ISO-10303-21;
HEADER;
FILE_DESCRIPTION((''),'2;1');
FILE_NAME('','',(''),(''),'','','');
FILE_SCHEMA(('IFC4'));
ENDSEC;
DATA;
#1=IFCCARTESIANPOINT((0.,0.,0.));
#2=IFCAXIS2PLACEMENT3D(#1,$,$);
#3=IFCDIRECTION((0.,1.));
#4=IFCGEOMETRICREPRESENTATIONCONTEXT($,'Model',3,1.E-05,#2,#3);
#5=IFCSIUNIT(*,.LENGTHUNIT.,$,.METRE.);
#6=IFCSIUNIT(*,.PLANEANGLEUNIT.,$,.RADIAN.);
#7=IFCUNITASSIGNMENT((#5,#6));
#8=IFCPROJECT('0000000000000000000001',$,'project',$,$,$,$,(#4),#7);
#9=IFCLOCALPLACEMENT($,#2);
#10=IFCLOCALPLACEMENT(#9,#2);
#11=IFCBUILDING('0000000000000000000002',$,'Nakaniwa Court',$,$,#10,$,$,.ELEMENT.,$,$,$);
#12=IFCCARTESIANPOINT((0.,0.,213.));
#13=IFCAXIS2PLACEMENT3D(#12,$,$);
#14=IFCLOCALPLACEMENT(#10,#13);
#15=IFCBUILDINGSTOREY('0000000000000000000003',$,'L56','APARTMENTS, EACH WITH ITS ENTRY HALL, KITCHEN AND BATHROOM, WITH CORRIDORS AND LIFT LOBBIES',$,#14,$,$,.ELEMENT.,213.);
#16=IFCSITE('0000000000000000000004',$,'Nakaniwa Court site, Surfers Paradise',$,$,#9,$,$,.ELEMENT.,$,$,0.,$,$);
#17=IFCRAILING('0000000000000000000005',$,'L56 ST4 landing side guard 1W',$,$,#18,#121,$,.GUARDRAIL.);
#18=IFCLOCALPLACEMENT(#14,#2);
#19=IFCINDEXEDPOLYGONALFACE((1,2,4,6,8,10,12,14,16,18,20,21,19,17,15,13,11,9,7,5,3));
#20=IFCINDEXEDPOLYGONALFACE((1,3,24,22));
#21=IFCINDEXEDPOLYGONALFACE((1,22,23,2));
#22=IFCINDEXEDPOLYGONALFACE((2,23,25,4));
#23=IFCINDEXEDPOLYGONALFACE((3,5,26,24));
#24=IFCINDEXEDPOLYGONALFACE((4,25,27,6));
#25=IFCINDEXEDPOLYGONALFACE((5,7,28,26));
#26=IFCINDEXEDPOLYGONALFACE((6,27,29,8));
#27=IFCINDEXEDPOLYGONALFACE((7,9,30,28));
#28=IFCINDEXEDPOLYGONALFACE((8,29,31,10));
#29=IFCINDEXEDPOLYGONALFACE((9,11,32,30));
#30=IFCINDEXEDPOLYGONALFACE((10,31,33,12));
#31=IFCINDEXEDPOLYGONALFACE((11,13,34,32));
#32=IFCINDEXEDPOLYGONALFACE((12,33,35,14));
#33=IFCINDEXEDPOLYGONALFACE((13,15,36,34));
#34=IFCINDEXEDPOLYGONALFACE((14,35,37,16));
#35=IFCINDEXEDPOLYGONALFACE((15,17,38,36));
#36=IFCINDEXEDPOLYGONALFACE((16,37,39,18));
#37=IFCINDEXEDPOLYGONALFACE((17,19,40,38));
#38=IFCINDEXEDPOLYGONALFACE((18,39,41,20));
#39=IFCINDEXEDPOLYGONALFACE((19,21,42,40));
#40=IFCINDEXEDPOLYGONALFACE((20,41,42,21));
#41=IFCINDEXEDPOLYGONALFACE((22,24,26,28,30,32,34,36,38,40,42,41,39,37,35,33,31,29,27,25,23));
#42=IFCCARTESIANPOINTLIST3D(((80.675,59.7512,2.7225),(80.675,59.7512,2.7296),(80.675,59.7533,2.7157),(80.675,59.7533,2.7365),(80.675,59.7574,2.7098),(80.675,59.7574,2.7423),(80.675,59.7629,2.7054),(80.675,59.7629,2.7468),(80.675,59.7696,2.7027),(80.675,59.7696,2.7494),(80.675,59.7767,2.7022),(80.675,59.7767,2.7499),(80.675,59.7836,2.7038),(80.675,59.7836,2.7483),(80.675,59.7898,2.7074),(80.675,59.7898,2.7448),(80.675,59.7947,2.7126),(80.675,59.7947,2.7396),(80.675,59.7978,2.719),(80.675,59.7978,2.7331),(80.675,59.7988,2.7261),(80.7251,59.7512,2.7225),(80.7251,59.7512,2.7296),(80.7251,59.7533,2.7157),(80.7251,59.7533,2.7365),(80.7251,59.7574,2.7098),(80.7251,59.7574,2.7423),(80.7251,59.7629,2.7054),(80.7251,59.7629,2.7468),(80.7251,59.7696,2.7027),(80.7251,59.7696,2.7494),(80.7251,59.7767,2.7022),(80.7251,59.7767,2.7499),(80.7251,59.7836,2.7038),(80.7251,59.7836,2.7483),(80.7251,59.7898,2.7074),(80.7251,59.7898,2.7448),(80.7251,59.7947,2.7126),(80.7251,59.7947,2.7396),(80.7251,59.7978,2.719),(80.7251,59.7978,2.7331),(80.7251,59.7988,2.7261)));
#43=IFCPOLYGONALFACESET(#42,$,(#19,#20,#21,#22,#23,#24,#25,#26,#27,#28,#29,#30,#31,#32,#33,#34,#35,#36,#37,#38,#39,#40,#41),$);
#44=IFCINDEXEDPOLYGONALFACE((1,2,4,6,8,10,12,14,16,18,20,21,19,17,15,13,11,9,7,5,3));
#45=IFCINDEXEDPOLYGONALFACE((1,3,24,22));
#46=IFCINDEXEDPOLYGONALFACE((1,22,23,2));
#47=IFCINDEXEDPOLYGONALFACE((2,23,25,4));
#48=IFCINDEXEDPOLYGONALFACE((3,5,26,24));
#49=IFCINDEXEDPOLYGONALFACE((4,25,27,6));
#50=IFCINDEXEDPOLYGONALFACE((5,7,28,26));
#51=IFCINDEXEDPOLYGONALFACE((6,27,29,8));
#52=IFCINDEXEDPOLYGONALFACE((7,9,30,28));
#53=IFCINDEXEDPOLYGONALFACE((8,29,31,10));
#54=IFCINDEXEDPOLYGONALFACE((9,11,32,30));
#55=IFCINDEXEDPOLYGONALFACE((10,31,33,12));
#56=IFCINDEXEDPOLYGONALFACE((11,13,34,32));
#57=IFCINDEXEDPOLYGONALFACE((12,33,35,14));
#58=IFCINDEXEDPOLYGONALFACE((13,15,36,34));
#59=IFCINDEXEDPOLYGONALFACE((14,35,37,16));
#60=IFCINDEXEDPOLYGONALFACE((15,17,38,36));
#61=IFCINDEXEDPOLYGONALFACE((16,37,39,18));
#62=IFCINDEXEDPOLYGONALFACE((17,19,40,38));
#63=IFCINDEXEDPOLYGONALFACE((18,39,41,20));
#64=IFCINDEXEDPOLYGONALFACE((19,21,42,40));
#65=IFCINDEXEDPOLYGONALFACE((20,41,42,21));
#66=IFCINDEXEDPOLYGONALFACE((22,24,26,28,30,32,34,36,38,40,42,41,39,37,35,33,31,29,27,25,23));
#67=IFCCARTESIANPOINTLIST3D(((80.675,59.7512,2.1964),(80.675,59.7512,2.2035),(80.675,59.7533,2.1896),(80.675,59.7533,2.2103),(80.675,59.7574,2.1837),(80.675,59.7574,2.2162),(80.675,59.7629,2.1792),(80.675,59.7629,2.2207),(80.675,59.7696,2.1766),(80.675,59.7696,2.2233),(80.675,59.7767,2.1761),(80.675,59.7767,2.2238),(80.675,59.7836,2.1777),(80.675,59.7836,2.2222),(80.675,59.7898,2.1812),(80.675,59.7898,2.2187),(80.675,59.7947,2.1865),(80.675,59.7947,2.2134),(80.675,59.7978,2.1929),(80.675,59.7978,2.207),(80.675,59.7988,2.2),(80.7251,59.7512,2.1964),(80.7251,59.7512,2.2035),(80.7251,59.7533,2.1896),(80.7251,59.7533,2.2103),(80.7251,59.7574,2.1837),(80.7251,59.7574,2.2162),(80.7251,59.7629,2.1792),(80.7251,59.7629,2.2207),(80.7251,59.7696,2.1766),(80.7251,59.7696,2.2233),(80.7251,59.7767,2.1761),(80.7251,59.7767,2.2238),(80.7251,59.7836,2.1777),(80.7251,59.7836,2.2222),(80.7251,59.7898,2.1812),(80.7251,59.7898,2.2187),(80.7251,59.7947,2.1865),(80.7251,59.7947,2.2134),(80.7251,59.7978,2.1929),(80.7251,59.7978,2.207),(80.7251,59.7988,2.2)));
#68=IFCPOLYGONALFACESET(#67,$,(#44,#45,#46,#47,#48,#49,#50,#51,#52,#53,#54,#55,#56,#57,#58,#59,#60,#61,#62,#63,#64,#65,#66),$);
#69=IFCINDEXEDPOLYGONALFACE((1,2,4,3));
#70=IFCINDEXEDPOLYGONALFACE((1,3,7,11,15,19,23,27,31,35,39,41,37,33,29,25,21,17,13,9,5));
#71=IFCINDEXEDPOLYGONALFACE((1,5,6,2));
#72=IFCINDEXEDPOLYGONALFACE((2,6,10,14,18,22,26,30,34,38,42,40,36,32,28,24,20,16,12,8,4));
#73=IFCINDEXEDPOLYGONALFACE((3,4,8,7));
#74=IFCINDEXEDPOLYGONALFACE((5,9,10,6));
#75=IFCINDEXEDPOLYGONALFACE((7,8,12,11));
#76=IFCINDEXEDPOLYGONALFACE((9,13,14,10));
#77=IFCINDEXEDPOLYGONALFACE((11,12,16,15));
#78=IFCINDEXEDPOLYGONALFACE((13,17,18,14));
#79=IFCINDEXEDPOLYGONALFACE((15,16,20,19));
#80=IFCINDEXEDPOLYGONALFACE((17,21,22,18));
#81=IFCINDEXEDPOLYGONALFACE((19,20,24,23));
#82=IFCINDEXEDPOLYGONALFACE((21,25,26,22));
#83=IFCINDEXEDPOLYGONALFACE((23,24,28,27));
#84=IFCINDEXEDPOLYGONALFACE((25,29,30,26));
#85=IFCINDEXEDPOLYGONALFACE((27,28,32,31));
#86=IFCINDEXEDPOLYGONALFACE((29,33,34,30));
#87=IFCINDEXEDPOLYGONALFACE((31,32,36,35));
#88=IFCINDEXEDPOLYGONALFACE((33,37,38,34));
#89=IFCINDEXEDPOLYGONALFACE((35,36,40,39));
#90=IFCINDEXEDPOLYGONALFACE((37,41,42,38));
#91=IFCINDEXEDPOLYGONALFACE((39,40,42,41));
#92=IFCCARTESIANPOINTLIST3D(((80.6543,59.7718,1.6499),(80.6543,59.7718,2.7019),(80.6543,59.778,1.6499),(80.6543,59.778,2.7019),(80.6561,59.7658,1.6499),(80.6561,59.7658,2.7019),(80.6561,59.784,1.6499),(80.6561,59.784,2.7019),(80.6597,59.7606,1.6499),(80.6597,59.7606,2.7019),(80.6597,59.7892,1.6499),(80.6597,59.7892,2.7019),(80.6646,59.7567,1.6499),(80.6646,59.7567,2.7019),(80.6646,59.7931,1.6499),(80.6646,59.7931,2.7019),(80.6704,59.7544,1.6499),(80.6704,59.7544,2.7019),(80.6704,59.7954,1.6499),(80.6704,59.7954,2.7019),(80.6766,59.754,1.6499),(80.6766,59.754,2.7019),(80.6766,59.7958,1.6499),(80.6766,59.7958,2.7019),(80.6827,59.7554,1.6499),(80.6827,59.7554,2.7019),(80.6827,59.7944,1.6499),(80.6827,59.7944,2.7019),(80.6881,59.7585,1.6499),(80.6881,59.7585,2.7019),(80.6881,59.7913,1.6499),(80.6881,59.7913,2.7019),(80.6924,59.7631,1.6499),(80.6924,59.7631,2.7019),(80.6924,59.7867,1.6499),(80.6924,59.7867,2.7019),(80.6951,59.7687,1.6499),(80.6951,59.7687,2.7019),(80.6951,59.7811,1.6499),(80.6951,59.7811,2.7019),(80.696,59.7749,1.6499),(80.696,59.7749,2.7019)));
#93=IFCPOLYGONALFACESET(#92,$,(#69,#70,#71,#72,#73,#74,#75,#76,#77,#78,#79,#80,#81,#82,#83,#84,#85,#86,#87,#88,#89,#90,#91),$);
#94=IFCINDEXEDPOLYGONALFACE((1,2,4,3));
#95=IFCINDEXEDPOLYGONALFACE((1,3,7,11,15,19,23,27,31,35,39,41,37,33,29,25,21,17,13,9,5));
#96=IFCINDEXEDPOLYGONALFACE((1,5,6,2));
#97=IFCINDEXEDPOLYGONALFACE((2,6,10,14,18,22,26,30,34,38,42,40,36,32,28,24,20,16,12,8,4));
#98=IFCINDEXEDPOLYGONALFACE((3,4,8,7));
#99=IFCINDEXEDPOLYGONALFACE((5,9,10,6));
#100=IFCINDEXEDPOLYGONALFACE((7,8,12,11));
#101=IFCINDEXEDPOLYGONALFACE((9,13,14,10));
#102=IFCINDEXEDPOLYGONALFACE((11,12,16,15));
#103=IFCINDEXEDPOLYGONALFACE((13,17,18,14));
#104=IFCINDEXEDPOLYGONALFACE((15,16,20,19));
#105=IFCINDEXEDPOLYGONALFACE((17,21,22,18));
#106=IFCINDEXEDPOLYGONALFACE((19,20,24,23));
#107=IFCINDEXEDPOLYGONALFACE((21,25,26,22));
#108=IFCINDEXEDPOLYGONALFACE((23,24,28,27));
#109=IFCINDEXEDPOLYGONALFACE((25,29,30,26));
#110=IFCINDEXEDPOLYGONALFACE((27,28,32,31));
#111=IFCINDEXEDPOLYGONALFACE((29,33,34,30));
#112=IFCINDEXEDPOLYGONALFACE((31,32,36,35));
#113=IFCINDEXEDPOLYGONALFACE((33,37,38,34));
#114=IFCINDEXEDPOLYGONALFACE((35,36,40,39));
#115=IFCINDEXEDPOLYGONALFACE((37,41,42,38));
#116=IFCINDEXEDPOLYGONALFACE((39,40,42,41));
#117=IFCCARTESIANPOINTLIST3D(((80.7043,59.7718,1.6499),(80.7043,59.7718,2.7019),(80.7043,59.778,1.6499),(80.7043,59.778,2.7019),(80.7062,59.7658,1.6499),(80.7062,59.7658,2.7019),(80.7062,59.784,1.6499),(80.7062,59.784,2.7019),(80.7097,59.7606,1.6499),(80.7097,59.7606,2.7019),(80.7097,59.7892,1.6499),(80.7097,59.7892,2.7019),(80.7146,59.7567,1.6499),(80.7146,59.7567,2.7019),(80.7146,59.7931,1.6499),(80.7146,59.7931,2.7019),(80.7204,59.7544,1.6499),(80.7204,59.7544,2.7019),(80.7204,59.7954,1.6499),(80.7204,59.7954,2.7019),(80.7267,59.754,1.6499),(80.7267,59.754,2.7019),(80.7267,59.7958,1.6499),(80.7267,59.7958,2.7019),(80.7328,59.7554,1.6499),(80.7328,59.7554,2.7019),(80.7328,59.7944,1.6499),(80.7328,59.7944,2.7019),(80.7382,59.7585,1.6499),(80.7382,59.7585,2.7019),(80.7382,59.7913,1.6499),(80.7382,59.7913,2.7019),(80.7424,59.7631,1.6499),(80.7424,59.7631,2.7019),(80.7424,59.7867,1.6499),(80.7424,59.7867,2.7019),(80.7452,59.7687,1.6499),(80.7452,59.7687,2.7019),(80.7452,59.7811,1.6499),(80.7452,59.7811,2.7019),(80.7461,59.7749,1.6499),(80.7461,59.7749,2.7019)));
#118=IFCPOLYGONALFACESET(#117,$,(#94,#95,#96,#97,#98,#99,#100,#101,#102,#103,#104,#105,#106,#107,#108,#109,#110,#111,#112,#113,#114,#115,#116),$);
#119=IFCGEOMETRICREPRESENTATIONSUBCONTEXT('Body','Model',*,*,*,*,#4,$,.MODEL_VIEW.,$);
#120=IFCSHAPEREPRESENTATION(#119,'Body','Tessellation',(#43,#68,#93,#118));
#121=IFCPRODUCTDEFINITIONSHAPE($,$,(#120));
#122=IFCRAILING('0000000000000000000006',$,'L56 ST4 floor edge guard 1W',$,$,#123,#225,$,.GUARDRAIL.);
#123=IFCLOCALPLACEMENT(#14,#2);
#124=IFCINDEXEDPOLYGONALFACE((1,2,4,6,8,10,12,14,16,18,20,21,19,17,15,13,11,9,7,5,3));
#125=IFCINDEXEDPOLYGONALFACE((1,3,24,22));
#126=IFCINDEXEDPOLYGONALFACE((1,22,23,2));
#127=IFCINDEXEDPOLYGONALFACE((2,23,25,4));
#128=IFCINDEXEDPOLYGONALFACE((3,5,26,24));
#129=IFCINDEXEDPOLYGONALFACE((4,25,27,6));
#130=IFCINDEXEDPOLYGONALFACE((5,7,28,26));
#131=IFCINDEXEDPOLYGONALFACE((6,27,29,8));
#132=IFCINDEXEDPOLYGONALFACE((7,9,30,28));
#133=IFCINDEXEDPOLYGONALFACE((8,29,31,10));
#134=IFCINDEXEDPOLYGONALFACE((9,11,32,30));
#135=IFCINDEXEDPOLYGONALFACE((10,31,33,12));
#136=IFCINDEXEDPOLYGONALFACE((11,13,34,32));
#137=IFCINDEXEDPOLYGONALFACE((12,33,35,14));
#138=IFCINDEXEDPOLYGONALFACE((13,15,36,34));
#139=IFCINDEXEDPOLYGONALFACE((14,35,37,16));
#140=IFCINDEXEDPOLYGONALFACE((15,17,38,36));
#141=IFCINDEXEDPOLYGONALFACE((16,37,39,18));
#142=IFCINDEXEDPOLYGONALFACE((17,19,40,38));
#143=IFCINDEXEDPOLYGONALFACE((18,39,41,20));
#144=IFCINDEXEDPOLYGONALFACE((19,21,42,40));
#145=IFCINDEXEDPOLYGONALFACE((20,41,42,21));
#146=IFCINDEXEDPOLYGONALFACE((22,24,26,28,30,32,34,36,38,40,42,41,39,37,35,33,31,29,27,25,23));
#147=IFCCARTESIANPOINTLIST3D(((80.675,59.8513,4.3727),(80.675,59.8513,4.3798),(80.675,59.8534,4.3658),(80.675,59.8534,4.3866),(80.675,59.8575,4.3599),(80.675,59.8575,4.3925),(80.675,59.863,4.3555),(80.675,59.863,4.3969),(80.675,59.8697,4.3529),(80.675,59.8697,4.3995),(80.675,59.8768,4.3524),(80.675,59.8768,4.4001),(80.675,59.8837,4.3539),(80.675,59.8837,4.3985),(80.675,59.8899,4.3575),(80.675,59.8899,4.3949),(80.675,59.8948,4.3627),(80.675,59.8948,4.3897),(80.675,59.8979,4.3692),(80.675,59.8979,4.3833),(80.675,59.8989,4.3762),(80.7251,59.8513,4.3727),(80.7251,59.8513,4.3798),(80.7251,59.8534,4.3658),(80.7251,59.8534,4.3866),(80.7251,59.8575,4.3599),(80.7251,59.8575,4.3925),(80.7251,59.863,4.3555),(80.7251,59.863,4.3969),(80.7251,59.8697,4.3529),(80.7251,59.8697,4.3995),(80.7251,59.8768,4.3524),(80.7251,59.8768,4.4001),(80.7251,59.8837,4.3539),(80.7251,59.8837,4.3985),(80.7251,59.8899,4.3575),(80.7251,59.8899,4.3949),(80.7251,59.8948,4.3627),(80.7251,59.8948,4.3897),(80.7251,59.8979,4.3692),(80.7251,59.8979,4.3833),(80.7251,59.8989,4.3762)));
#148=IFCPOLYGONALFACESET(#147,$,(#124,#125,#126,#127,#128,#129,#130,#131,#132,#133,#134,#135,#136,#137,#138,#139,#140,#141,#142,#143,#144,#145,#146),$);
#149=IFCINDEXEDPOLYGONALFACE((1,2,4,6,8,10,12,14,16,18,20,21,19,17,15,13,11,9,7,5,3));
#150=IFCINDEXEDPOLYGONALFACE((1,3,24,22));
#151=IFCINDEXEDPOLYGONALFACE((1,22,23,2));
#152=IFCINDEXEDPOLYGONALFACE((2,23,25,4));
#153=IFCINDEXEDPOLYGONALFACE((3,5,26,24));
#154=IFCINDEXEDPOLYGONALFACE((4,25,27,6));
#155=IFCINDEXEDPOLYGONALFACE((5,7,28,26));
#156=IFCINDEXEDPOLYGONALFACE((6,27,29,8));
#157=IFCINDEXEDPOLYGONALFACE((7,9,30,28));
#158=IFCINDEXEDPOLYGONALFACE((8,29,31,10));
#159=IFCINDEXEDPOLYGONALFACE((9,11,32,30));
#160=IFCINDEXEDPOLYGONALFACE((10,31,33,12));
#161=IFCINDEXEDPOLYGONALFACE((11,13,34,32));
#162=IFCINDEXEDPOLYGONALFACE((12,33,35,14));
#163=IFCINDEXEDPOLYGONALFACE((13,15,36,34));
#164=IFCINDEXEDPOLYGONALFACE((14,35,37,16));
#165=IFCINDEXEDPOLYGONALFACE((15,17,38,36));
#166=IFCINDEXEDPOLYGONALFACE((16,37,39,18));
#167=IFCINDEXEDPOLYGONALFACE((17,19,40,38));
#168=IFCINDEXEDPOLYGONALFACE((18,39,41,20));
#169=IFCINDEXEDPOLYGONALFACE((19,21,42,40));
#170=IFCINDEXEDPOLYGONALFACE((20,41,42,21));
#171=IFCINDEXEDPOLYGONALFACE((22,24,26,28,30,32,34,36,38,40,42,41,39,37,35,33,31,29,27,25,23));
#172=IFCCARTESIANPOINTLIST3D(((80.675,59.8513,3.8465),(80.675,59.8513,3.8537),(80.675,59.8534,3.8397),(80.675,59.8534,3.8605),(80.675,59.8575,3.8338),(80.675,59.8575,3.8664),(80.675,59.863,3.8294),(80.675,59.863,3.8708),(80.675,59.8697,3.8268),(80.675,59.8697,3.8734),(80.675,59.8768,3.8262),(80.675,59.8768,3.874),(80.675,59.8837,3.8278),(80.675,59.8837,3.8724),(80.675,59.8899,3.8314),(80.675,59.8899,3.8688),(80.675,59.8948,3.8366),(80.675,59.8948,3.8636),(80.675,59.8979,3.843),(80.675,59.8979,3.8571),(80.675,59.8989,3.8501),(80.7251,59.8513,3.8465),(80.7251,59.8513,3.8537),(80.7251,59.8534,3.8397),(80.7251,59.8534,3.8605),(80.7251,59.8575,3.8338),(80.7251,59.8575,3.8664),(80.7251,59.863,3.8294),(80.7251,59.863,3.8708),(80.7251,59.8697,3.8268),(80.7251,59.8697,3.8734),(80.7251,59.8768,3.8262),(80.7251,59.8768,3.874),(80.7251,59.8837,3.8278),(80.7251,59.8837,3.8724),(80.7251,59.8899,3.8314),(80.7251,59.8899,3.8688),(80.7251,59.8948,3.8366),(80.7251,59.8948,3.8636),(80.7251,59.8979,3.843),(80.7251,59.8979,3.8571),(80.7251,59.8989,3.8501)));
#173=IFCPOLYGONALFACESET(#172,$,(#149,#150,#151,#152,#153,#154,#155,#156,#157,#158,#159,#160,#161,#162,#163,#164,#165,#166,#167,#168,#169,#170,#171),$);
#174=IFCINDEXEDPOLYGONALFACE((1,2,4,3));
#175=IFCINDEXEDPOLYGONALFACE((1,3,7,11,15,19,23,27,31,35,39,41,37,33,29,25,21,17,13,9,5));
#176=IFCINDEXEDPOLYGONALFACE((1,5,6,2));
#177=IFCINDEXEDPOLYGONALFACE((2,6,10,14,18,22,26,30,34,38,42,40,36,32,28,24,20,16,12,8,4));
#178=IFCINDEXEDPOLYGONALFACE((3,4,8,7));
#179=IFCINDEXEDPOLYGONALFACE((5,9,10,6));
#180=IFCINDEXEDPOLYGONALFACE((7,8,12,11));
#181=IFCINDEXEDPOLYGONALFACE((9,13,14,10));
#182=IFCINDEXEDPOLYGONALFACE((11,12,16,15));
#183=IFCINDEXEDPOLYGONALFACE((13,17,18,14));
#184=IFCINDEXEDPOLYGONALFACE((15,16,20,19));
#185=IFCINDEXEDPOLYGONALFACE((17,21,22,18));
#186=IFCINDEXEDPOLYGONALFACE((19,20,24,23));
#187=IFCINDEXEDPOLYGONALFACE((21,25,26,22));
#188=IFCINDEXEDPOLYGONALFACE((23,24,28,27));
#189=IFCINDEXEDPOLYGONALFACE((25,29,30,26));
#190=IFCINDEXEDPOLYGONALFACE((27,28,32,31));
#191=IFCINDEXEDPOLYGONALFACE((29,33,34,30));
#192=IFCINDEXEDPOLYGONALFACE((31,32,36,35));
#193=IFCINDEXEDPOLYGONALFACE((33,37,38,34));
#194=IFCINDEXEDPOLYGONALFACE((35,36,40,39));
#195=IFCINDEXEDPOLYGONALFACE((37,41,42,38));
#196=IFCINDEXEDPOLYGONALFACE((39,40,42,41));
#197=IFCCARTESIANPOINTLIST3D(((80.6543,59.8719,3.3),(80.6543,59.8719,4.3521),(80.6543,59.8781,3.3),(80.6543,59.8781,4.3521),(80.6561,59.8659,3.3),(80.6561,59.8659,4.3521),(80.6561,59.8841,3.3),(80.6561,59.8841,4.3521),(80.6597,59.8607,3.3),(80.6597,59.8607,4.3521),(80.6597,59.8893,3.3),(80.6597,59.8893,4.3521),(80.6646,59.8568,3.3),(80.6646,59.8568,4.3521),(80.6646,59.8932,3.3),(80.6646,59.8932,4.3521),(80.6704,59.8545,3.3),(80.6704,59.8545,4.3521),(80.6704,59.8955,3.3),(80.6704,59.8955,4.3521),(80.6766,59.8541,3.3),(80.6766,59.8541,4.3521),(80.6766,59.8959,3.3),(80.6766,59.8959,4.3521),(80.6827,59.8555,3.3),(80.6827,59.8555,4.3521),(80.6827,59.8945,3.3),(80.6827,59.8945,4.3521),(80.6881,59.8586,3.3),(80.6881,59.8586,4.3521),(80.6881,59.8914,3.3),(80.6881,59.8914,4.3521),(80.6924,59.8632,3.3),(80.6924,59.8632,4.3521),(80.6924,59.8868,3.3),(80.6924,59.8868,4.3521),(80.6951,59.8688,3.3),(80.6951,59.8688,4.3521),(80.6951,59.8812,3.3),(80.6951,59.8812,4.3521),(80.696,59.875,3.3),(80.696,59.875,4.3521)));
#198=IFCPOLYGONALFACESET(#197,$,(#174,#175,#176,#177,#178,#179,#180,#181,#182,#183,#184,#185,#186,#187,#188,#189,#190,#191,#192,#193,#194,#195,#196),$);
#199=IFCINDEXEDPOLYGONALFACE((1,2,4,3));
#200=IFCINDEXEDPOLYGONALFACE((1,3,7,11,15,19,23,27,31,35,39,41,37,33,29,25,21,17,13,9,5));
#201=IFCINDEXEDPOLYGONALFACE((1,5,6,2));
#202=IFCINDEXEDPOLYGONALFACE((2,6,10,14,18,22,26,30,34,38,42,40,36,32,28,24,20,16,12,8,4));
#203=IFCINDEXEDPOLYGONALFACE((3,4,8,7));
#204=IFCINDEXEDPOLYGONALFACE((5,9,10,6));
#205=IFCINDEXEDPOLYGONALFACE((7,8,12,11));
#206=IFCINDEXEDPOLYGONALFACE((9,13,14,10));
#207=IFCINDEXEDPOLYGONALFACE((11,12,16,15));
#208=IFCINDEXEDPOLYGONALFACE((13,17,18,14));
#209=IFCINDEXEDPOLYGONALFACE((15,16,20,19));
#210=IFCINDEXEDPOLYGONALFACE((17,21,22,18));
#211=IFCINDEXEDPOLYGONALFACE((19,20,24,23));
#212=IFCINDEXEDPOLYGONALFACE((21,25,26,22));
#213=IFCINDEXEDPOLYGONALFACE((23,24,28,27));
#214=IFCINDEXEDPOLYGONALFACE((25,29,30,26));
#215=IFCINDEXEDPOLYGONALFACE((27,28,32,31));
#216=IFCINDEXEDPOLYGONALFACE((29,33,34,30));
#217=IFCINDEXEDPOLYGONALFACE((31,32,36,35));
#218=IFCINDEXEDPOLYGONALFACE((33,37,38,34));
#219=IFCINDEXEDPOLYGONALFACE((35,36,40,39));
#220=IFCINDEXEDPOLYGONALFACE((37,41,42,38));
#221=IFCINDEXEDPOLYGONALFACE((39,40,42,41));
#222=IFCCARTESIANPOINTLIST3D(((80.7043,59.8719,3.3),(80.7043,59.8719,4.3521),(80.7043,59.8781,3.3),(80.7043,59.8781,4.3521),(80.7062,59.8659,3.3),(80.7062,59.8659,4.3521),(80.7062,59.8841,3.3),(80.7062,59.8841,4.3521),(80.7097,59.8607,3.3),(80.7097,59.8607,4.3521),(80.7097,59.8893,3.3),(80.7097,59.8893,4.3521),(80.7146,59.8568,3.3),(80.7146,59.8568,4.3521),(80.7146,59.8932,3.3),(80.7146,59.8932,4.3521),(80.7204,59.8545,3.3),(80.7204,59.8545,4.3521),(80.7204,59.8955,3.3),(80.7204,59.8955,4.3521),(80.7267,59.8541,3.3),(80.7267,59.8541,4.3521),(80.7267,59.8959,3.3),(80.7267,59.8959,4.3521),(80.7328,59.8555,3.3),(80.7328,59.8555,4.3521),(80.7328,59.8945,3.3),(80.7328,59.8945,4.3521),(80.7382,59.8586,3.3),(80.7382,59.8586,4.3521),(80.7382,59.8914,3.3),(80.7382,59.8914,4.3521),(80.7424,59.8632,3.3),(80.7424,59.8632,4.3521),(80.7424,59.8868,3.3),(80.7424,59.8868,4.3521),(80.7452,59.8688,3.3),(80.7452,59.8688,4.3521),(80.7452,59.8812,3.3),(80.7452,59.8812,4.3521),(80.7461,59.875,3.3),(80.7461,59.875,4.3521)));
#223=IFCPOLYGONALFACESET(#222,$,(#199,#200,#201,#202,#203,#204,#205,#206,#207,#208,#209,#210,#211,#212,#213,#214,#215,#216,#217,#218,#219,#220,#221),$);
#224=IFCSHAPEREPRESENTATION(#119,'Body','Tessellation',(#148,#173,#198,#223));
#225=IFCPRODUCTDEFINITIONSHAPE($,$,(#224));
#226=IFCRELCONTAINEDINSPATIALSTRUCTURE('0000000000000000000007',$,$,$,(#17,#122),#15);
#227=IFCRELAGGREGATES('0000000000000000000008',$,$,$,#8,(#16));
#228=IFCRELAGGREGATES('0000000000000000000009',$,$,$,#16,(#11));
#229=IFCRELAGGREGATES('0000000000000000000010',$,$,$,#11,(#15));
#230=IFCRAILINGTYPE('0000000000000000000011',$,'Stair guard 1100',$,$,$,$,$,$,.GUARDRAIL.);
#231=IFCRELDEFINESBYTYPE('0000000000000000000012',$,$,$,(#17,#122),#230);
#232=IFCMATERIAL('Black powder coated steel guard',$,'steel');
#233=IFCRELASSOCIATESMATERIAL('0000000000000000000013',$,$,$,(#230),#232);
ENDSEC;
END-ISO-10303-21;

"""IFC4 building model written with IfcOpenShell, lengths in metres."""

from ifc_helpers import new_model, si_unit, direction, frame, origin, origin_2d, place, context, subcontext, project, spatial, circle, extrude, material, type_object, element, save


model = new_model("IFC4")

# Units and contexts
model_context = context("Model", 3, precision=1e-05, world=origin(), true_north=direction((0.0, 1.0)))
body_context = subcontext(model_context, "Body", "Model", "MODEL_VIEW")
ifc_project = project(units=[si_unit("LENGTHUNIT", "METRE"), si_unit("PLANEANGLEUNIT", "RADIAN")], contexts=[model_context])

# Site, building, storey
site_placement = place(None, origin())
site = spatial("IfcSite", under=ifc_project, at=site_placement, Name="Nakaniwa Court site, Surfers Paradise", CompositionType="ELEMENT", RefElevation=0.0)
building_placement = place(site_placement, origin())
building = spatial("IfcBuilding", under=site, at=building_placement, Name="Nakaniwa Court", CompositionType="ELEMENT")
storey_placement = place(building_placement, frame((0.0, 0.0, 213.0)))
storey = spatial("IfcBuildingStorey", under=building, at=storey_placement, Name="L56", Description="APARTMENTS, EACH WITH ITS ENTRY HALL, KITCHEN AND BATHROOM, WITH CORRIDORS AND LIFT LOBBIES", CompositionType="ELEMENT", Elevation=213.0)

# Railings
ifc_material_1 = material(Name="Black powder coated steel guard", Category="steel")
railing_type_1 = type_object("IfcRailingType", Name="Stair guard 1100", PredefinedType="GUARDRAIL", material=ifc_material_1)
for number, where, name in (
    (1, (80.675, 59.7749, 1.6499), "L56 ST4 landing side guard 1W"),
    (2, (80.675, 59.875, 3.3), "L56 ST4 floor edge guard 1W"),
):
    element("IfcRailing", number, at=place(storey_placement, frame(where)), inside=storey, type_object=railing_type_1, Name=name, PredefinedType="GUARDRAIL", context=body_context, shape_type="SweptSolid", body=[
        extrude(circle(Radius=0.0239, at=origin_2d()), frame((0.0, 0.0, 1.0762), z_axis=(1.0, 0.0, 0.0), x_axis=(0.0, 1.0, 0.0)), (0.0, 0.0, 1.0), 0.05),
        extrude(circle(Radius=0.0239, at=origin_2d()), frame((0.0, 0.0, 0.55), z_axis=(1.0, 0.0, 0.0), x_axis=(0.0, 1.0, 0.0)), (0.0, 0.0, 1.0), 0.05),
        extrude(circle(Radius=0.021, at=origin_2d()), origin(), (0.0, 0.0, 1.0), 1.052),
        extrude(circle(Radius=0.021, at=origin_2d()), frame((0.05, 0.0, 0.0)), (0.0, 0.0, 1.0), 1.052),
    ])

save(model, "model.ifc")
